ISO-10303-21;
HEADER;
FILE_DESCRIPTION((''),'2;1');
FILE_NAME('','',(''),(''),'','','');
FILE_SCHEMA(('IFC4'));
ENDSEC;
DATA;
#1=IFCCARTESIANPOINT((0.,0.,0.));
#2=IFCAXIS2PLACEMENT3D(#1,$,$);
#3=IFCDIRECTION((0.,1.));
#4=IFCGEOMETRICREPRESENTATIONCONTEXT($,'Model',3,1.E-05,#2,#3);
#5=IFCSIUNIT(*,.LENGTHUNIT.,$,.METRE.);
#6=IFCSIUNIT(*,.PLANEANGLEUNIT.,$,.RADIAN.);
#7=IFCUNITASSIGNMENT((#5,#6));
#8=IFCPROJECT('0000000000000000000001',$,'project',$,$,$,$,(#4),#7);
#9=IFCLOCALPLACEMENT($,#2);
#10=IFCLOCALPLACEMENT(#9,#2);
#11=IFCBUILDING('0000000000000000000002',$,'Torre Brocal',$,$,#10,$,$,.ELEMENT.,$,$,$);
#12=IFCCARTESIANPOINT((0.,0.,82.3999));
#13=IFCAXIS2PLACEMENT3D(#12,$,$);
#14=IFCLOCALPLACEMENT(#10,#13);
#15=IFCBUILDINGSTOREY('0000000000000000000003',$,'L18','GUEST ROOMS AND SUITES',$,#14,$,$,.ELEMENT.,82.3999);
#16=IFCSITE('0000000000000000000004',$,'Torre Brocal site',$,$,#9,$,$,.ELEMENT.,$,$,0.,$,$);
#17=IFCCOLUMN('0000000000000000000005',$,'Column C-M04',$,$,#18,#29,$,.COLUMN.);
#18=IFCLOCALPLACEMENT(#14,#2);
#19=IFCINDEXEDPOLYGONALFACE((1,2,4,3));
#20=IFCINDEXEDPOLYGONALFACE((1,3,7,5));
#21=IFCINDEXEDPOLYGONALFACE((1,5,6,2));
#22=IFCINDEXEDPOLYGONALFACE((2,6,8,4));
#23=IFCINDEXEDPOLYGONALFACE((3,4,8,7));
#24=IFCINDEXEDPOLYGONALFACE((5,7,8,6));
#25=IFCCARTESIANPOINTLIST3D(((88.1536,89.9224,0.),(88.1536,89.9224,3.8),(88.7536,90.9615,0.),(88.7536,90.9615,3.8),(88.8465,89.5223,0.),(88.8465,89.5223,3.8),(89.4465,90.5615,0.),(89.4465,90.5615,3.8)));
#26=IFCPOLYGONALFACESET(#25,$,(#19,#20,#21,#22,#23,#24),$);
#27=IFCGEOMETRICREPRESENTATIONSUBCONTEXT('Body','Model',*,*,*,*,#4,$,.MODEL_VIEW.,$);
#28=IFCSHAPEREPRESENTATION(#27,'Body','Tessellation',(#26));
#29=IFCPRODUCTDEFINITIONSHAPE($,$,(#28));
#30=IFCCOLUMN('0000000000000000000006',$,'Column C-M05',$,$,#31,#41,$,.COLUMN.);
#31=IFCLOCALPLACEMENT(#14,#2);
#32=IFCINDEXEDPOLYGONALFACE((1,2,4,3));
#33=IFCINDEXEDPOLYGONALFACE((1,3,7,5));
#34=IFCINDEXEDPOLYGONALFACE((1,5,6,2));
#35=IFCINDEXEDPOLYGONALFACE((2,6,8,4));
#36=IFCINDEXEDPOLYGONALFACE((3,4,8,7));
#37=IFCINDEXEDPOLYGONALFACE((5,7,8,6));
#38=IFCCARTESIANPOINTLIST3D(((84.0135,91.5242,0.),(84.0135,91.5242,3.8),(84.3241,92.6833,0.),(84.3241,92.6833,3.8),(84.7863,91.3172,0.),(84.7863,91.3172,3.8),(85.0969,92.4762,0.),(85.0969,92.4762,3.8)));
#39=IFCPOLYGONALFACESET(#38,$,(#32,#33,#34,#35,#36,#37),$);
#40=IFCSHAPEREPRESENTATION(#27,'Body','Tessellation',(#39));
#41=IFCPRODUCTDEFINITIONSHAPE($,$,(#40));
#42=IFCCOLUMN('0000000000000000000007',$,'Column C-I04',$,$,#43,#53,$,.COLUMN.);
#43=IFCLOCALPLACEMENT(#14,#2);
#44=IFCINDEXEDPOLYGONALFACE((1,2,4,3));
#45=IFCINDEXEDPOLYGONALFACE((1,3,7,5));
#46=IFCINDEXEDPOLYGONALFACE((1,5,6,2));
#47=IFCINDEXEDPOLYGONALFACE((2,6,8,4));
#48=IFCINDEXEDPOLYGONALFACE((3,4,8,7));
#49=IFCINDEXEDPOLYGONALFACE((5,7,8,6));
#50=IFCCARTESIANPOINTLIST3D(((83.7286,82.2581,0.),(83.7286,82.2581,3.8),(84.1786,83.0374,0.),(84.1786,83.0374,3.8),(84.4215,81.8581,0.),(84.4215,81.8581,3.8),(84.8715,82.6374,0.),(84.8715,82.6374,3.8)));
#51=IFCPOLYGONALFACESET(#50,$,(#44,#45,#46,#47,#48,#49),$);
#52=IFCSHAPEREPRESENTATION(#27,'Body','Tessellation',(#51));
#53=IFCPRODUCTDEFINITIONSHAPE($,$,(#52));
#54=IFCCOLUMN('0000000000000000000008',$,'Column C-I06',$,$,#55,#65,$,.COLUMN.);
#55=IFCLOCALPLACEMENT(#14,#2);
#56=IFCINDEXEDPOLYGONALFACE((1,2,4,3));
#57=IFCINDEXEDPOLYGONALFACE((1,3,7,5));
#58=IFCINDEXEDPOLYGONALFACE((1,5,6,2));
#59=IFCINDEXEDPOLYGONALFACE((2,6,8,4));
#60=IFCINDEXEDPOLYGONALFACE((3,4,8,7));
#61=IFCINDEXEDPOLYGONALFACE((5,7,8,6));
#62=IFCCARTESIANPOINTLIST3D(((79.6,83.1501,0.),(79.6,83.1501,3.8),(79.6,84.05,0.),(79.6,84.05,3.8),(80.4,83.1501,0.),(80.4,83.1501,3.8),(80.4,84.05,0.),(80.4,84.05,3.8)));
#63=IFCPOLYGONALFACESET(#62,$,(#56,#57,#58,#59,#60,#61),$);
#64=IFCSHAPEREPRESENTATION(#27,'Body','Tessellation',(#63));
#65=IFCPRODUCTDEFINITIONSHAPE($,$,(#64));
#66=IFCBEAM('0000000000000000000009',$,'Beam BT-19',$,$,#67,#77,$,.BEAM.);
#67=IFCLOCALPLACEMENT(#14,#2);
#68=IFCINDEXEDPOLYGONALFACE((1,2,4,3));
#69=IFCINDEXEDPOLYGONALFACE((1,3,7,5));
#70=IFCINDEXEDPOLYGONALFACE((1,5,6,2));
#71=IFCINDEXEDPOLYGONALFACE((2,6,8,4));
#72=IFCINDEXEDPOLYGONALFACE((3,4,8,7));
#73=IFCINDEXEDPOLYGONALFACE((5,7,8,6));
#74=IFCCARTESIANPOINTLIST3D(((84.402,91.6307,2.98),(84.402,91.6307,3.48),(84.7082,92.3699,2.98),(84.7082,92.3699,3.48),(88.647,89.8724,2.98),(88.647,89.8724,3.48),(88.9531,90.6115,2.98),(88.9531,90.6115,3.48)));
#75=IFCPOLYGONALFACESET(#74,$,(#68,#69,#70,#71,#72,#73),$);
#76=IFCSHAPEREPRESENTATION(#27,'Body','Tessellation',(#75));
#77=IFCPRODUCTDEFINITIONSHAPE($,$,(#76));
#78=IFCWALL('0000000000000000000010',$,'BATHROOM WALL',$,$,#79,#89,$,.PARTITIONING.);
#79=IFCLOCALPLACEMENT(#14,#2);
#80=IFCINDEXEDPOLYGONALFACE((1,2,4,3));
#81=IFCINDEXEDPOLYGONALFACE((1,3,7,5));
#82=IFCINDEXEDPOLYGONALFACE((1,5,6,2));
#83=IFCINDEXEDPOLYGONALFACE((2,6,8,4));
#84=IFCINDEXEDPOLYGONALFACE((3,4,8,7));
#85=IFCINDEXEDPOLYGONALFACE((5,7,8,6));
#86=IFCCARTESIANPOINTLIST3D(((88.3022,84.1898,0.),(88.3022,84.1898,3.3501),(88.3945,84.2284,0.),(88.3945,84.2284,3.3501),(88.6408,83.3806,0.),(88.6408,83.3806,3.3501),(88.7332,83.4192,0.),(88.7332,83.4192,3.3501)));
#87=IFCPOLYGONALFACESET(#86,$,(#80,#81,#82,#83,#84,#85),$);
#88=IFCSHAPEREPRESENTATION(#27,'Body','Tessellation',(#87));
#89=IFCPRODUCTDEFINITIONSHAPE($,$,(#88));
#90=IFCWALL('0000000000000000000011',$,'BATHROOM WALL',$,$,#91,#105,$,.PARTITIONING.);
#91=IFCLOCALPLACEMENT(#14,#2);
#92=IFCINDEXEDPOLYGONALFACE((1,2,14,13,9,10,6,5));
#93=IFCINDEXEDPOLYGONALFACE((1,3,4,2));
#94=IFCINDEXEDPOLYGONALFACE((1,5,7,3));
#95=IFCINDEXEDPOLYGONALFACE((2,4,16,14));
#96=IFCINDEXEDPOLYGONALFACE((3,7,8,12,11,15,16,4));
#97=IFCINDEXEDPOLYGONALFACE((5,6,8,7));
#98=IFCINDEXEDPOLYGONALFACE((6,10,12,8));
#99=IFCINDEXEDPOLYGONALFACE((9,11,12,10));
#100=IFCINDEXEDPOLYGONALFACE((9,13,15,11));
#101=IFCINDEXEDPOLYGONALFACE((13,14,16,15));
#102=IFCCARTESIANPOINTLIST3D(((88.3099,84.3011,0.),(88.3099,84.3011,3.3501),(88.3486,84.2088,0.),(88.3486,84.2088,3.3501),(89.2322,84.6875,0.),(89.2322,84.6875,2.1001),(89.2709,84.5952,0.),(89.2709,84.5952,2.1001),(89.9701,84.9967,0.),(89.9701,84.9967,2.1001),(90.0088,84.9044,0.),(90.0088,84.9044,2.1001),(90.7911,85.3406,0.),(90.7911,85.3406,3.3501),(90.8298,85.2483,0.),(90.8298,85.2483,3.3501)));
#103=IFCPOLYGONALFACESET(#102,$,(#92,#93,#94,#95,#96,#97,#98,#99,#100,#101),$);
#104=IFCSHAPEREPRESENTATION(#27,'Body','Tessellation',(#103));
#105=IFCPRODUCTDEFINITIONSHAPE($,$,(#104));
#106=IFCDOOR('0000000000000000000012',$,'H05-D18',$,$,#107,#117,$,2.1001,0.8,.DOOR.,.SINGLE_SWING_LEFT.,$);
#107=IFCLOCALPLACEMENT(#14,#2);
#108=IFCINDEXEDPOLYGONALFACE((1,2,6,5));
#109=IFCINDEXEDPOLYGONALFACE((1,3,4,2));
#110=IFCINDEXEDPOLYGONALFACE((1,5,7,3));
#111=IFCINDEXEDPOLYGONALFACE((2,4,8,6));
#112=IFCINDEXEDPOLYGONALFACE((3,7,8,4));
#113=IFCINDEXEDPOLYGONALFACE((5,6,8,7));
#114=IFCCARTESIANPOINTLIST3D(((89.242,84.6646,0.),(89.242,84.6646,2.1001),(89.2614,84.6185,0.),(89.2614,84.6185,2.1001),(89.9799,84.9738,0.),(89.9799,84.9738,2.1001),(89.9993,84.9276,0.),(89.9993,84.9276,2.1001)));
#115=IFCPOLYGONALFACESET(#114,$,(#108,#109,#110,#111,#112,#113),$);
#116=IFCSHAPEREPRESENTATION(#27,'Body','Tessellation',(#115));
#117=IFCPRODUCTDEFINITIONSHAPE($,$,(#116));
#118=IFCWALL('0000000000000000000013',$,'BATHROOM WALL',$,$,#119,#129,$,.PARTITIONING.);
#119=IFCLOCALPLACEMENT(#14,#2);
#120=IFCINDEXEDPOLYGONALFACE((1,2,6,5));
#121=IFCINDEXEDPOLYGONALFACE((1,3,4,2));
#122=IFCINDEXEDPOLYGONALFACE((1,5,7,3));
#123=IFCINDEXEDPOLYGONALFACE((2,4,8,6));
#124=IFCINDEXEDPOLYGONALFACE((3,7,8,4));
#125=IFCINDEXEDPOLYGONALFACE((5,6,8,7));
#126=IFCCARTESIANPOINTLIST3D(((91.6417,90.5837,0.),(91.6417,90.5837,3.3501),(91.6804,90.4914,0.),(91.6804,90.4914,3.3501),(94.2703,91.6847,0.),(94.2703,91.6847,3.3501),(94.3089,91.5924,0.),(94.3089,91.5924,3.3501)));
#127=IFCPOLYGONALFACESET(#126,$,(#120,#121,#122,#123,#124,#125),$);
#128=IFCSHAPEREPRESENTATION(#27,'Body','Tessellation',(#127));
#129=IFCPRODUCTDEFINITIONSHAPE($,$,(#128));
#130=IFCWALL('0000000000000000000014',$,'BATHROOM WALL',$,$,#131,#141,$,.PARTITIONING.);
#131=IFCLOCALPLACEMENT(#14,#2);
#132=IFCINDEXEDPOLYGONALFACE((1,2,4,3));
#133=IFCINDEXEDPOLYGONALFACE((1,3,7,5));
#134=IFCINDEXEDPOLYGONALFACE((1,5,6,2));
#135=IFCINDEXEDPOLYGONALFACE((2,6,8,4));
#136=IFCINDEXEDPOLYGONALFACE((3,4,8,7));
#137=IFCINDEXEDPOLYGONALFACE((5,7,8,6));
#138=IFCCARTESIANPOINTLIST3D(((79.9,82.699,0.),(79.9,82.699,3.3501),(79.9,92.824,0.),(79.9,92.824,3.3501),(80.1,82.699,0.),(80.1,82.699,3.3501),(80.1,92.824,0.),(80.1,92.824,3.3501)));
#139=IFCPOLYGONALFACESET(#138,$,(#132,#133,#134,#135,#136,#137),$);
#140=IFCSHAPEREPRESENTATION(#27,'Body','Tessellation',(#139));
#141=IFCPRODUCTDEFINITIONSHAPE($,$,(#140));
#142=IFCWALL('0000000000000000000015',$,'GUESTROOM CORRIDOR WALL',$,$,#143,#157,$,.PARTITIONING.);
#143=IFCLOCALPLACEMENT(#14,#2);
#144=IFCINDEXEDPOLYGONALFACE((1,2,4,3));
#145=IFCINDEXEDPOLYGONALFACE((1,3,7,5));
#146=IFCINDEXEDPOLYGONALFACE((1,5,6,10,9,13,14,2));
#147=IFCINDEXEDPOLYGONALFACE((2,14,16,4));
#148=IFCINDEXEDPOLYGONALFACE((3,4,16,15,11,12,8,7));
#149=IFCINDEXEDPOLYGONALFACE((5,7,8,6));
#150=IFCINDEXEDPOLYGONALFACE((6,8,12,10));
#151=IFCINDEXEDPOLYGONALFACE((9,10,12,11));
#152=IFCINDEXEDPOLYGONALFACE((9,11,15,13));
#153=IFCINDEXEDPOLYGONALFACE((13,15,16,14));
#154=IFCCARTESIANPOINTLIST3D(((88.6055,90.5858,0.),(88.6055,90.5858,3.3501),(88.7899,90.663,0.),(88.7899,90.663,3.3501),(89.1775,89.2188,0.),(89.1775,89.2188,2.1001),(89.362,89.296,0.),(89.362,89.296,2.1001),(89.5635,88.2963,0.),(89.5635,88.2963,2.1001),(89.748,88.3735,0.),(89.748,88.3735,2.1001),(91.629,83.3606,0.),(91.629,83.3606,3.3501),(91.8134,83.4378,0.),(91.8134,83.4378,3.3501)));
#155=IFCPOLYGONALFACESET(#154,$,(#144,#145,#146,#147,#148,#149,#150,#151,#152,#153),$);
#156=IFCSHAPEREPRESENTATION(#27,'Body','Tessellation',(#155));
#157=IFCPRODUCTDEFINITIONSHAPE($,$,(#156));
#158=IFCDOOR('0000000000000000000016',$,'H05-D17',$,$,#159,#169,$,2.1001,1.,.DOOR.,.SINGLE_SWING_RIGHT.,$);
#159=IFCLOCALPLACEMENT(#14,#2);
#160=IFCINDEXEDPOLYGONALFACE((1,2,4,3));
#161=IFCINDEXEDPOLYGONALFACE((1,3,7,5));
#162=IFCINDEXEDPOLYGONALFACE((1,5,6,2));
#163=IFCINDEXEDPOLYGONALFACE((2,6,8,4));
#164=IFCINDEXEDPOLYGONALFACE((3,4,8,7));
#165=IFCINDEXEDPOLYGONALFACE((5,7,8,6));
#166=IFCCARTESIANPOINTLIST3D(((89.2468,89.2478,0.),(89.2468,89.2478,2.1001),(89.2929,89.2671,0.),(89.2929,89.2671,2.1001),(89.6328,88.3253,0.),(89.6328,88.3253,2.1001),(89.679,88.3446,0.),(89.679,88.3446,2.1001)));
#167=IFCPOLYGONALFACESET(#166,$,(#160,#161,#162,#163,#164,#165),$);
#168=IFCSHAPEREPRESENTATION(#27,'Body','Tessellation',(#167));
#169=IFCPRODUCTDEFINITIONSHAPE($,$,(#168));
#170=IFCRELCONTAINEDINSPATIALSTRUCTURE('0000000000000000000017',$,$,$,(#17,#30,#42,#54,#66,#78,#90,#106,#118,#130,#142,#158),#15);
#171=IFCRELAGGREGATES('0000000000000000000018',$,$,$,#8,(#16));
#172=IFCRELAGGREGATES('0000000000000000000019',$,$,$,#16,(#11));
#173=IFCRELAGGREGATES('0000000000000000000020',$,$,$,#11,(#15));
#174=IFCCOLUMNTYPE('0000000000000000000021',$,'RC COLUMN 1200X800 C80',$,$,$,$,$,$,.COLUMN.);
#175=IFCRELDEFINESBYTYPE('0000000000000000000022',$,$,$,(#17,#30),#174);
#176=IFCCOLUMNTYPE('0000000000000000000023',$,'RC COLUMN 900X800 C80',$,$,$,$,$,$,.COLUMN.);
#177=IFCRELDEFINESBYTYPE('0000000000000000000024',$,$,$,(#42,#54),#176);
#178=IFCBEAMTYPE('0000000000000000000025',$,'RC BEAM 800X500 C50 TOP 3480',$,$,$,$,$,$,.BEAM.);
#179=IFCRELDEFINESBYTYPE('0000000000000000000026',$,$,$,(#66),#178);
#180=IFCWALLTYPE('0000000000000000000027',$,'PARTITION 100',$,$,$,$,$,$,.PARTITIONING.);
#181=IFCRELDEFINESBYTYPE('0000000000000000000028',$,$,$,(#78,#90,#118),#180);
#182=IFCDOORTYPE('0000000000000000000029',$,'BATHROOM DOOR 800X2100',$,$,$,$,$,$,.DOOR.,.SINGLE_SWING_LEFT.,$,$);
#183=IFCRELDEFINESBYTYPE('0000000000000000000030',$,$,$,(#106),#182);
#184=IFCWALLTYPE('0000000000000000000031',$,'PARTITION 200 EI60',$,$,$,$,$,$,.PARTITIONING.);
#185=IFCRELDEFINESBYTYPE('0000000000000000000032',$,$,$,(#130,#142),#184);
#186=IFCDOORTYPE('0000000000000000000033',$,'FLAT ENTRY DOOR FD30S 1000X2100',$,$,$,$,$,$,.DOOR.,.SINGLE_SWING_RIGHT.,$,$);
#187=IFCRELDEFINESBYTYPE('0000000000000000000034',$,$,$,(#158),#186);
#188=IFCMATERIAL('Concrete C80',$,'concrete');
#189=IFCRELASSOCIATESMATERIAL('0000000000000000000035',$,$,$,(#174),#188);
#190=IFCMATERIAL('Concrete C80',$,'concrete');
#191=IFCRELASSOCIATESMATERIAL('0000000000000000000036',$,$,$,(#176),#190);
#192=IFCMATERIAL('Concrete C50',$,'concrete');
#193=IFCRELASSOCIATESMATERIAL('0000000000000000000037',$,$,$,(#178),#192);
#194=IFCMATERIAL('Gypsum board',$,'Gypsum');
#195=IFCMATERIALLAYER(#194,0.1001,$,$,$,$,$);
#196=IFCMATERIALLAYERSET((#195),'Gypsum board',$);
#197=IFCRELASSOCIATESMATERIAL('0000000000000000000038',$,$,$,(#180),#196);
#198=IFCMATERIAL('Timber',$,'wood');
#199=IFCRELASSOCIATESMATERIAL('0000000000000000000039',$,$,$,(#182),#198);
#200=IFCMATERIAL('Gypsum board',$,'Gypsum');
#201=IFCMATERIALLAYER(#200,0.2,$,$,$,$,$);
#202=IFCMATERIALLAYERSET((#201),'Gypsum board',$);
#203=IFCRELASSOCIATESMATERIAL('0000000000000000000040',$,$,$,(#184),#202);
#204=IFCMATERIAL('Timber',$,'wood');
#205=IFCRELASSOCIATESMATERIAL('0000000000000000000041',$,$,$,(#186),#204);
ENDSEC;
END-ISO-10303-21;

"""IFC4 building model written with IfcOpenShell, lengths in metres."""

from ifc_helpers import new_model, si_unit, direction, frame, frame_2d, origin, origin_2d, place, context, subcontext, project, spatial, rectangle, extrude, material, layer, layer_set, material_profile, profile_set, type_object, element, fill, save


model = new_model("IFC4")

# Units and contexts
model_context = context("Model", 3, precision=1e-05, world=origin(), true_north=direction((0.0, 1.0)))
body_context = subcontext(model_context, "Body", "Model", "MODEL_VIEW")
ifc_project = project(units=[si_unit("LENGTHUNIT", "METRE"), si_unit("PLANEANGLEUNIT", "RADIAN")], contexts=[model_context])

# Site, building, storey
site_placement = place(None, origin())
site = spatial("IfcSite", under=ifc_project, at=site_placement, Name="Torre Brocal site", CompositionType="ELEMENT", RefElevation=0.0)
building_placement = place(site_placement, origin())
building = spatial("IfcBuilding", under=site, at=building_placement, Name="Torre Brocal", CompositionType="ELEMENT")
storey_placement = place(building_placement, frame((0.0, 0.0, 82.3999)))
storey = spatial("IfcBuildingStorey", under=building, at=storey_placement, Name="L18", Description="GUEST ROOMS AND SUITES", CompositionType="ELEMENT", Elevation=82.3999)

# Columns
ifc_material_1 = material(Name="Concrete C80", Category="concrete")
ifc_material_profile_1 = material_profile(ifc_material_1, rectangle(XDim=1.2, YDim=0.8, at=origin_2d()), Name="RC 1200X800")
ifc_profile_set_1 = profile_set([ifc_material_profile_1], Name="Concrete C80")
column_type_1 = type_object("IfcColumnType", Name="RC COLUMN 1200X800 C80", PredefinedType="COLUMN", material=ifc_profile_set_1)
for number, where, z_axis, x_axis, name in (
    (1, (88.8, 90.2419, 0.0), (0.0, 0.0, 1.0), (0.5, 0.866025, 0.0), "Column C-M04"),
    (2, (84.5552, 92.0002, 0.0), (0.0, 0.0, 1.0), (0.258819, 0.965926, 0.0), "Column C-M05"),
):
    element("IfcColumn", number, at=place(storey_placement, frame(where, z_axis=z_axis, x_axis=x_axis)), inside=storey, type_object=column_type_1, Name=name, PredefinedType="COLUMN", context=body_context, shape_type="SweptSolid", body=[
        extrude(rectangle(XDim=1.2, YDim=0.8, at=origin_2d()), origin(), (0.0, 0.0, 1.0), 3.8),
    ])
ifc_material_2 = material(Name="Concrete C80", Category="concrete")
ifc_material_profile_2 = material_profile(ifc_material_2, rectangle(XDim=0.8999, YDim=0.8, at=origin_2d()), Name="RC 900X800")
ifc_profile_set_2 = profile_set([ifc_material_profile_2], Name="Concrete C80")
column_type_2 = type_object("IfcColumnType", Name="RC COLUMN 900X800 C80", PredefinedType="COLUMN", material=ifc_profile_set_2)
for number, where, z_axis, x_axis, name in (
    (3, (84.3, 82.4478, 0.0), (0.0, 0.0, 1.0), (0.5, 0.866025, 0.0), "Column C-I04"),
    (4, (80.0, 83.6001, 0.0), (0.0, 0.0, 1.0), (0.0, 1.0, 0.0), "Column C-I06"),
):
    element("IfcColumn", number, at=place(storey_placement, frame(where, z_axis=z_axis, x_axis=x_axis)), inside=storey, type_object=column_type_2, Name=name, PredefinedType="COLUMN", context=body_context, shape_type="SweptSolid", body=[
        extrude(rectangle(XDim=0.8999, YDim=0.8, at=origin_2d()), origin(), (0.0, 0.0, 1.0), 3.8),
    ])

# Beam
ifc_material_3 = material(Name="Concrete C50", Category="concrete")
ifc_material_profile_3 = material_profile(ifc_material_3, rectangle(XDim=0.8, YDim=0.5, at=origin_2d()), Name="RC 800X500")
ifc_profile_set_3 = profile_set([ifc_material_profile_3], Name="Concrete C50")
beam_type = type_object("IfcBeamType", Name="RC BEAM 800X500 C50 TOP 3480", PredefinedType="BEAM", material=ifc_profile_set_3)
beam_placement = place(storey_placement, frame((88.8, 90.2419, 3.23), z_axis=(-0.923878, 0.382687, 0.0), x_axis=(-0.382687, -0.923878, 0.0)))
element("IfcBeam", 5, at=beam_placement, inside=storey, type_object=beam_type, Name="Beam BT-19", PredefinedType="BEAM", context=body_context, shape_type="SweptSolid", body=[
    extrude(rectangle(XDim=0.8, YDim=0.5, at=origin_2d()), origin(), (0.0, 0.0, 1.0), 4.5947),
])

# Wall
ifc_material_4 = material(Name="Gypsum board", Category="Gypsum")
ifc_layer_1 = layer(ifc_material_4, 0.1001)
ifc_layer_set_1 = layer_set([ifc_layer_1], Name="Gypsum board")
wall_type_1 = type_object("IfcWallType", Name="PARTITION 100", PredefinedType="PARTITIONING", material=ifc_layer_set_1)
wall_1_placement = place(storey_placement, frame((88.3484, 84.209, 0.0), z_axis=(0.0, 0.0, 1.0), x_axis=(0.386077, -0.922466, 0.0)))
element("IfcWall", 6, at=wall_1_placement, inside=storey, type_object=wall_type_1, Name="BATHROOM WALL", PredefinedType="PARTITIONING", context=body_context, shape_type="SweptSolid", body=[
    extrude(rectangle(XDim=0.8772, YDim=0.1001, at=frame_2d((0.4385, 0.0))), origin(), (0.0, 0.0, 1.0), 3.3501),
])

# Wall, opening, door
wall_2_placement = place(storey_placement, frame((88.3291, 84.2549, 0.0), z_axis=(0.0, 0.0, 1.0), x_axis=(0.922321, 0.386425, 0.0)))
wall_2 = element("IfcWall", 7, at=wall_2_placement, inside=storey, type_object=wall_type_1, Name="BATHROOM WALL", PredefinedType="PARTITIONING", context=body_context, shape_type="SweptSolid", body=[
    extrude(rectangle(XDim=2.6902, YDim=0.1001, at=frame_2d((1.3452, 0.0))), origin(), (0.0, 0.0, 1.0), 3.3501),
])
opening_1_placement = place(wall_2_placement, frame((1.0002, 0.0, 0.0)))
opening_1 = element("IfcOpeningElement", 8, at=opening_1_placement, cuts=wall_2, PredefinedType="OPENING", context=body_context, shape_type="SweptSolid", body=[
    extrude(rectangle(XDim=0.8, YDim=2.1001, at=frame_2d((0.3999, 1.05))), frame((0.0, 0.0601, 0.0), z_axis=(0.0, -1.0, 0.0), x_axis=(1.0, 0.0, 0.0)), (0.0, 0.0, 1.0), 0.1201),
])
ifc_material_5 = material(Name="Timber", Category="wood")
door_type_1 = type_object("IfcDoorType", Name="BATHROOM DOOR 800X2100", OperationType="SINGLE_SWING_LEFT", PredefinedType="DOOR", material=ifc_material_5)
door_1_placement = place(opening_1_placement, frame((0.8, 0.0, 0.0), z_axis=(0.0, 0.0, 1.0), x_axis=(-1.0, 0.0, 0.0)))
door_1 = element("IfcDoor", 9, at=door_1_placement, inside=storey, type_object=door_type_1, Name="H05-D18", OperationType="SINGLE_SWING_LEFT", OverallHeight=2.1001, OverallWidth=0.8, PredefinedType="DOOR", context=body_context, shape_type="SweptSolid", body=[
    extrude(rectangle(XDim=0.8, YDim=2.1001, at=frame_2d((0.3999, 1.05))), frame((0.0, 0.0249, 0.0), z_axis=(0.0, -1.0, 0.0), x_axis=(1.0, 0.0, 0.0)), (0.0, 0.0, 1.0), 0.05),
])
fill(opening_1, door_1)

# Walls
wall_3_placement = place(storey_placement, frame((91.6611, 90.5376, 0.0), z_axis=(0.0, 0.0, 1.0), x_axis=(0.922353, 0.386348, 0.0)))
element("IfcWall", 10, at=wall_3_placement, inside=storey, type_object=wall_type_1, Name="BATHROOM WALL", PredefinedType="PARTITIONING", context=body_context, shape_type="SweptSolid", body=[
    extrude(rectangle(XDim=2.8499, YDim=0.1001, at=frame_2d((1.4248, 0.0))), origin(), (0.0, 0.0, 1.0), 3.3501),
])
ifc_material_6 = material(Name="Gypsum board", Category="Gypsum")
ifc_layer_2 = layer(ifc_material_6, 0.2)
ifc_layer_set_2 = layer_set([ifc_layer_2], Name="Gypsum board")
wall_type_2 = type_object("IfcWallType", Name="PARTITION 200 EI60", PredefinedType="PARTITIONING", material=ifc_layer_set_2)
wall_4_placement = place(storey_placement, frame((80.0, 82.699, 0.0), z_axis=(0.0, 0.0, 1.0), x_axis=(0.0, 1.0, 0.0)))
element("IfcWall", 11, at=wall_4_placement, inside=storey, type_object=wall_type_2, Name="BATHROOM WALL", PredefinedType="PARTITIONING", context=body_context, shape_type="SweptSolid", body=[
    extrude(rectangle(XDim=10.125, YDim=0.2, at=frame_2d((5.0625, 0.0))), origin(), (0.0, 0.0, 1.0), 3.3501),
])

# Wall, opening, door
wall_5_placement = place(storey_placement, frame((88.6978, 90.6243, 0.0), z_axis=(0.0, 0.0, 1.0), x_axis=(0.386027, -0.922487, 0.0)))
wall_5 = element("IfcWall", 12, at=wall_5_placement, inside=storey, type_object=wall_type_2, Name="GUESTROOM CORRIDOR WALL", PredefinedType="PARTITIONING", context=body_context, shape_type="SweptSolid", body=[
    extrude(rectangle(XDim=7.8323, YDim=0.2, at=frame_2d((3.916, 0.0))), origin(), (0.0, 0.0, 1.0), 3.3501),
])
opening_2_placement = place(wall_5_placement, frame((1.4817, 0.0, 0.0)))
opening_2 = element("IfcOpeningElement", 13, at=opening_2_placement, cuts=wall_5, PredefinedType="OPENING", context=body_context, shape_type="SweptSolid", body=[
    extrude(rectangle(XDim=1.0, YDim=2.1001, at=frame_2d((0.5, 1.05))), frame((0.0, 0.1099, 0.0), z_axis=(0.0, -1.0, 0.0), x_axis=(1.0, 0.0, 0.0)), (0.0, 0.0, 1.0), 0.22),
])
ifc_material_7 = material(Name="Timber", Category="wood")
door_type_2 = type_object("IfcDoorType", Name="FLAT ENTRY DOOR FD30S 1000X2100", OperationType="SINGLE_SWING_RIGHT", PredefinedType="DOOR", material=ifc_material_7)
door_2_placement = place(opening_2_placement, frame((1.0, 0.0, 0.0), z_axis=(0.0, 0.0, 1.0), x_axis=(-1.0, 0.0, 0.0)))
door_2 = element("IfcDoor", 14, at=door_2_placement, inside=storey, type_object=door_type_2, Name="H05-D17", OperationType="SINGLE_SWING_RIGHT", OverallHeight=2.1001, OverallWidth=1.0, PredefinedType="DOOR", context=body_context, shape_type="SweptSolid", body=[
    extrude(rectangle(XDim=1.0, YDim=2.1001, at=frame_2d((0.5, 1.05))), frame((0.0, 0.0249, 0.0), z_axis=(0.0, -1.0, 0.0), x_axis=(1.0, 0.0, 0.0)), (0.0, 0.0, 1.0), 0.05),
])
fill(opening_2, door_2)

save(model, "model.ifc")
